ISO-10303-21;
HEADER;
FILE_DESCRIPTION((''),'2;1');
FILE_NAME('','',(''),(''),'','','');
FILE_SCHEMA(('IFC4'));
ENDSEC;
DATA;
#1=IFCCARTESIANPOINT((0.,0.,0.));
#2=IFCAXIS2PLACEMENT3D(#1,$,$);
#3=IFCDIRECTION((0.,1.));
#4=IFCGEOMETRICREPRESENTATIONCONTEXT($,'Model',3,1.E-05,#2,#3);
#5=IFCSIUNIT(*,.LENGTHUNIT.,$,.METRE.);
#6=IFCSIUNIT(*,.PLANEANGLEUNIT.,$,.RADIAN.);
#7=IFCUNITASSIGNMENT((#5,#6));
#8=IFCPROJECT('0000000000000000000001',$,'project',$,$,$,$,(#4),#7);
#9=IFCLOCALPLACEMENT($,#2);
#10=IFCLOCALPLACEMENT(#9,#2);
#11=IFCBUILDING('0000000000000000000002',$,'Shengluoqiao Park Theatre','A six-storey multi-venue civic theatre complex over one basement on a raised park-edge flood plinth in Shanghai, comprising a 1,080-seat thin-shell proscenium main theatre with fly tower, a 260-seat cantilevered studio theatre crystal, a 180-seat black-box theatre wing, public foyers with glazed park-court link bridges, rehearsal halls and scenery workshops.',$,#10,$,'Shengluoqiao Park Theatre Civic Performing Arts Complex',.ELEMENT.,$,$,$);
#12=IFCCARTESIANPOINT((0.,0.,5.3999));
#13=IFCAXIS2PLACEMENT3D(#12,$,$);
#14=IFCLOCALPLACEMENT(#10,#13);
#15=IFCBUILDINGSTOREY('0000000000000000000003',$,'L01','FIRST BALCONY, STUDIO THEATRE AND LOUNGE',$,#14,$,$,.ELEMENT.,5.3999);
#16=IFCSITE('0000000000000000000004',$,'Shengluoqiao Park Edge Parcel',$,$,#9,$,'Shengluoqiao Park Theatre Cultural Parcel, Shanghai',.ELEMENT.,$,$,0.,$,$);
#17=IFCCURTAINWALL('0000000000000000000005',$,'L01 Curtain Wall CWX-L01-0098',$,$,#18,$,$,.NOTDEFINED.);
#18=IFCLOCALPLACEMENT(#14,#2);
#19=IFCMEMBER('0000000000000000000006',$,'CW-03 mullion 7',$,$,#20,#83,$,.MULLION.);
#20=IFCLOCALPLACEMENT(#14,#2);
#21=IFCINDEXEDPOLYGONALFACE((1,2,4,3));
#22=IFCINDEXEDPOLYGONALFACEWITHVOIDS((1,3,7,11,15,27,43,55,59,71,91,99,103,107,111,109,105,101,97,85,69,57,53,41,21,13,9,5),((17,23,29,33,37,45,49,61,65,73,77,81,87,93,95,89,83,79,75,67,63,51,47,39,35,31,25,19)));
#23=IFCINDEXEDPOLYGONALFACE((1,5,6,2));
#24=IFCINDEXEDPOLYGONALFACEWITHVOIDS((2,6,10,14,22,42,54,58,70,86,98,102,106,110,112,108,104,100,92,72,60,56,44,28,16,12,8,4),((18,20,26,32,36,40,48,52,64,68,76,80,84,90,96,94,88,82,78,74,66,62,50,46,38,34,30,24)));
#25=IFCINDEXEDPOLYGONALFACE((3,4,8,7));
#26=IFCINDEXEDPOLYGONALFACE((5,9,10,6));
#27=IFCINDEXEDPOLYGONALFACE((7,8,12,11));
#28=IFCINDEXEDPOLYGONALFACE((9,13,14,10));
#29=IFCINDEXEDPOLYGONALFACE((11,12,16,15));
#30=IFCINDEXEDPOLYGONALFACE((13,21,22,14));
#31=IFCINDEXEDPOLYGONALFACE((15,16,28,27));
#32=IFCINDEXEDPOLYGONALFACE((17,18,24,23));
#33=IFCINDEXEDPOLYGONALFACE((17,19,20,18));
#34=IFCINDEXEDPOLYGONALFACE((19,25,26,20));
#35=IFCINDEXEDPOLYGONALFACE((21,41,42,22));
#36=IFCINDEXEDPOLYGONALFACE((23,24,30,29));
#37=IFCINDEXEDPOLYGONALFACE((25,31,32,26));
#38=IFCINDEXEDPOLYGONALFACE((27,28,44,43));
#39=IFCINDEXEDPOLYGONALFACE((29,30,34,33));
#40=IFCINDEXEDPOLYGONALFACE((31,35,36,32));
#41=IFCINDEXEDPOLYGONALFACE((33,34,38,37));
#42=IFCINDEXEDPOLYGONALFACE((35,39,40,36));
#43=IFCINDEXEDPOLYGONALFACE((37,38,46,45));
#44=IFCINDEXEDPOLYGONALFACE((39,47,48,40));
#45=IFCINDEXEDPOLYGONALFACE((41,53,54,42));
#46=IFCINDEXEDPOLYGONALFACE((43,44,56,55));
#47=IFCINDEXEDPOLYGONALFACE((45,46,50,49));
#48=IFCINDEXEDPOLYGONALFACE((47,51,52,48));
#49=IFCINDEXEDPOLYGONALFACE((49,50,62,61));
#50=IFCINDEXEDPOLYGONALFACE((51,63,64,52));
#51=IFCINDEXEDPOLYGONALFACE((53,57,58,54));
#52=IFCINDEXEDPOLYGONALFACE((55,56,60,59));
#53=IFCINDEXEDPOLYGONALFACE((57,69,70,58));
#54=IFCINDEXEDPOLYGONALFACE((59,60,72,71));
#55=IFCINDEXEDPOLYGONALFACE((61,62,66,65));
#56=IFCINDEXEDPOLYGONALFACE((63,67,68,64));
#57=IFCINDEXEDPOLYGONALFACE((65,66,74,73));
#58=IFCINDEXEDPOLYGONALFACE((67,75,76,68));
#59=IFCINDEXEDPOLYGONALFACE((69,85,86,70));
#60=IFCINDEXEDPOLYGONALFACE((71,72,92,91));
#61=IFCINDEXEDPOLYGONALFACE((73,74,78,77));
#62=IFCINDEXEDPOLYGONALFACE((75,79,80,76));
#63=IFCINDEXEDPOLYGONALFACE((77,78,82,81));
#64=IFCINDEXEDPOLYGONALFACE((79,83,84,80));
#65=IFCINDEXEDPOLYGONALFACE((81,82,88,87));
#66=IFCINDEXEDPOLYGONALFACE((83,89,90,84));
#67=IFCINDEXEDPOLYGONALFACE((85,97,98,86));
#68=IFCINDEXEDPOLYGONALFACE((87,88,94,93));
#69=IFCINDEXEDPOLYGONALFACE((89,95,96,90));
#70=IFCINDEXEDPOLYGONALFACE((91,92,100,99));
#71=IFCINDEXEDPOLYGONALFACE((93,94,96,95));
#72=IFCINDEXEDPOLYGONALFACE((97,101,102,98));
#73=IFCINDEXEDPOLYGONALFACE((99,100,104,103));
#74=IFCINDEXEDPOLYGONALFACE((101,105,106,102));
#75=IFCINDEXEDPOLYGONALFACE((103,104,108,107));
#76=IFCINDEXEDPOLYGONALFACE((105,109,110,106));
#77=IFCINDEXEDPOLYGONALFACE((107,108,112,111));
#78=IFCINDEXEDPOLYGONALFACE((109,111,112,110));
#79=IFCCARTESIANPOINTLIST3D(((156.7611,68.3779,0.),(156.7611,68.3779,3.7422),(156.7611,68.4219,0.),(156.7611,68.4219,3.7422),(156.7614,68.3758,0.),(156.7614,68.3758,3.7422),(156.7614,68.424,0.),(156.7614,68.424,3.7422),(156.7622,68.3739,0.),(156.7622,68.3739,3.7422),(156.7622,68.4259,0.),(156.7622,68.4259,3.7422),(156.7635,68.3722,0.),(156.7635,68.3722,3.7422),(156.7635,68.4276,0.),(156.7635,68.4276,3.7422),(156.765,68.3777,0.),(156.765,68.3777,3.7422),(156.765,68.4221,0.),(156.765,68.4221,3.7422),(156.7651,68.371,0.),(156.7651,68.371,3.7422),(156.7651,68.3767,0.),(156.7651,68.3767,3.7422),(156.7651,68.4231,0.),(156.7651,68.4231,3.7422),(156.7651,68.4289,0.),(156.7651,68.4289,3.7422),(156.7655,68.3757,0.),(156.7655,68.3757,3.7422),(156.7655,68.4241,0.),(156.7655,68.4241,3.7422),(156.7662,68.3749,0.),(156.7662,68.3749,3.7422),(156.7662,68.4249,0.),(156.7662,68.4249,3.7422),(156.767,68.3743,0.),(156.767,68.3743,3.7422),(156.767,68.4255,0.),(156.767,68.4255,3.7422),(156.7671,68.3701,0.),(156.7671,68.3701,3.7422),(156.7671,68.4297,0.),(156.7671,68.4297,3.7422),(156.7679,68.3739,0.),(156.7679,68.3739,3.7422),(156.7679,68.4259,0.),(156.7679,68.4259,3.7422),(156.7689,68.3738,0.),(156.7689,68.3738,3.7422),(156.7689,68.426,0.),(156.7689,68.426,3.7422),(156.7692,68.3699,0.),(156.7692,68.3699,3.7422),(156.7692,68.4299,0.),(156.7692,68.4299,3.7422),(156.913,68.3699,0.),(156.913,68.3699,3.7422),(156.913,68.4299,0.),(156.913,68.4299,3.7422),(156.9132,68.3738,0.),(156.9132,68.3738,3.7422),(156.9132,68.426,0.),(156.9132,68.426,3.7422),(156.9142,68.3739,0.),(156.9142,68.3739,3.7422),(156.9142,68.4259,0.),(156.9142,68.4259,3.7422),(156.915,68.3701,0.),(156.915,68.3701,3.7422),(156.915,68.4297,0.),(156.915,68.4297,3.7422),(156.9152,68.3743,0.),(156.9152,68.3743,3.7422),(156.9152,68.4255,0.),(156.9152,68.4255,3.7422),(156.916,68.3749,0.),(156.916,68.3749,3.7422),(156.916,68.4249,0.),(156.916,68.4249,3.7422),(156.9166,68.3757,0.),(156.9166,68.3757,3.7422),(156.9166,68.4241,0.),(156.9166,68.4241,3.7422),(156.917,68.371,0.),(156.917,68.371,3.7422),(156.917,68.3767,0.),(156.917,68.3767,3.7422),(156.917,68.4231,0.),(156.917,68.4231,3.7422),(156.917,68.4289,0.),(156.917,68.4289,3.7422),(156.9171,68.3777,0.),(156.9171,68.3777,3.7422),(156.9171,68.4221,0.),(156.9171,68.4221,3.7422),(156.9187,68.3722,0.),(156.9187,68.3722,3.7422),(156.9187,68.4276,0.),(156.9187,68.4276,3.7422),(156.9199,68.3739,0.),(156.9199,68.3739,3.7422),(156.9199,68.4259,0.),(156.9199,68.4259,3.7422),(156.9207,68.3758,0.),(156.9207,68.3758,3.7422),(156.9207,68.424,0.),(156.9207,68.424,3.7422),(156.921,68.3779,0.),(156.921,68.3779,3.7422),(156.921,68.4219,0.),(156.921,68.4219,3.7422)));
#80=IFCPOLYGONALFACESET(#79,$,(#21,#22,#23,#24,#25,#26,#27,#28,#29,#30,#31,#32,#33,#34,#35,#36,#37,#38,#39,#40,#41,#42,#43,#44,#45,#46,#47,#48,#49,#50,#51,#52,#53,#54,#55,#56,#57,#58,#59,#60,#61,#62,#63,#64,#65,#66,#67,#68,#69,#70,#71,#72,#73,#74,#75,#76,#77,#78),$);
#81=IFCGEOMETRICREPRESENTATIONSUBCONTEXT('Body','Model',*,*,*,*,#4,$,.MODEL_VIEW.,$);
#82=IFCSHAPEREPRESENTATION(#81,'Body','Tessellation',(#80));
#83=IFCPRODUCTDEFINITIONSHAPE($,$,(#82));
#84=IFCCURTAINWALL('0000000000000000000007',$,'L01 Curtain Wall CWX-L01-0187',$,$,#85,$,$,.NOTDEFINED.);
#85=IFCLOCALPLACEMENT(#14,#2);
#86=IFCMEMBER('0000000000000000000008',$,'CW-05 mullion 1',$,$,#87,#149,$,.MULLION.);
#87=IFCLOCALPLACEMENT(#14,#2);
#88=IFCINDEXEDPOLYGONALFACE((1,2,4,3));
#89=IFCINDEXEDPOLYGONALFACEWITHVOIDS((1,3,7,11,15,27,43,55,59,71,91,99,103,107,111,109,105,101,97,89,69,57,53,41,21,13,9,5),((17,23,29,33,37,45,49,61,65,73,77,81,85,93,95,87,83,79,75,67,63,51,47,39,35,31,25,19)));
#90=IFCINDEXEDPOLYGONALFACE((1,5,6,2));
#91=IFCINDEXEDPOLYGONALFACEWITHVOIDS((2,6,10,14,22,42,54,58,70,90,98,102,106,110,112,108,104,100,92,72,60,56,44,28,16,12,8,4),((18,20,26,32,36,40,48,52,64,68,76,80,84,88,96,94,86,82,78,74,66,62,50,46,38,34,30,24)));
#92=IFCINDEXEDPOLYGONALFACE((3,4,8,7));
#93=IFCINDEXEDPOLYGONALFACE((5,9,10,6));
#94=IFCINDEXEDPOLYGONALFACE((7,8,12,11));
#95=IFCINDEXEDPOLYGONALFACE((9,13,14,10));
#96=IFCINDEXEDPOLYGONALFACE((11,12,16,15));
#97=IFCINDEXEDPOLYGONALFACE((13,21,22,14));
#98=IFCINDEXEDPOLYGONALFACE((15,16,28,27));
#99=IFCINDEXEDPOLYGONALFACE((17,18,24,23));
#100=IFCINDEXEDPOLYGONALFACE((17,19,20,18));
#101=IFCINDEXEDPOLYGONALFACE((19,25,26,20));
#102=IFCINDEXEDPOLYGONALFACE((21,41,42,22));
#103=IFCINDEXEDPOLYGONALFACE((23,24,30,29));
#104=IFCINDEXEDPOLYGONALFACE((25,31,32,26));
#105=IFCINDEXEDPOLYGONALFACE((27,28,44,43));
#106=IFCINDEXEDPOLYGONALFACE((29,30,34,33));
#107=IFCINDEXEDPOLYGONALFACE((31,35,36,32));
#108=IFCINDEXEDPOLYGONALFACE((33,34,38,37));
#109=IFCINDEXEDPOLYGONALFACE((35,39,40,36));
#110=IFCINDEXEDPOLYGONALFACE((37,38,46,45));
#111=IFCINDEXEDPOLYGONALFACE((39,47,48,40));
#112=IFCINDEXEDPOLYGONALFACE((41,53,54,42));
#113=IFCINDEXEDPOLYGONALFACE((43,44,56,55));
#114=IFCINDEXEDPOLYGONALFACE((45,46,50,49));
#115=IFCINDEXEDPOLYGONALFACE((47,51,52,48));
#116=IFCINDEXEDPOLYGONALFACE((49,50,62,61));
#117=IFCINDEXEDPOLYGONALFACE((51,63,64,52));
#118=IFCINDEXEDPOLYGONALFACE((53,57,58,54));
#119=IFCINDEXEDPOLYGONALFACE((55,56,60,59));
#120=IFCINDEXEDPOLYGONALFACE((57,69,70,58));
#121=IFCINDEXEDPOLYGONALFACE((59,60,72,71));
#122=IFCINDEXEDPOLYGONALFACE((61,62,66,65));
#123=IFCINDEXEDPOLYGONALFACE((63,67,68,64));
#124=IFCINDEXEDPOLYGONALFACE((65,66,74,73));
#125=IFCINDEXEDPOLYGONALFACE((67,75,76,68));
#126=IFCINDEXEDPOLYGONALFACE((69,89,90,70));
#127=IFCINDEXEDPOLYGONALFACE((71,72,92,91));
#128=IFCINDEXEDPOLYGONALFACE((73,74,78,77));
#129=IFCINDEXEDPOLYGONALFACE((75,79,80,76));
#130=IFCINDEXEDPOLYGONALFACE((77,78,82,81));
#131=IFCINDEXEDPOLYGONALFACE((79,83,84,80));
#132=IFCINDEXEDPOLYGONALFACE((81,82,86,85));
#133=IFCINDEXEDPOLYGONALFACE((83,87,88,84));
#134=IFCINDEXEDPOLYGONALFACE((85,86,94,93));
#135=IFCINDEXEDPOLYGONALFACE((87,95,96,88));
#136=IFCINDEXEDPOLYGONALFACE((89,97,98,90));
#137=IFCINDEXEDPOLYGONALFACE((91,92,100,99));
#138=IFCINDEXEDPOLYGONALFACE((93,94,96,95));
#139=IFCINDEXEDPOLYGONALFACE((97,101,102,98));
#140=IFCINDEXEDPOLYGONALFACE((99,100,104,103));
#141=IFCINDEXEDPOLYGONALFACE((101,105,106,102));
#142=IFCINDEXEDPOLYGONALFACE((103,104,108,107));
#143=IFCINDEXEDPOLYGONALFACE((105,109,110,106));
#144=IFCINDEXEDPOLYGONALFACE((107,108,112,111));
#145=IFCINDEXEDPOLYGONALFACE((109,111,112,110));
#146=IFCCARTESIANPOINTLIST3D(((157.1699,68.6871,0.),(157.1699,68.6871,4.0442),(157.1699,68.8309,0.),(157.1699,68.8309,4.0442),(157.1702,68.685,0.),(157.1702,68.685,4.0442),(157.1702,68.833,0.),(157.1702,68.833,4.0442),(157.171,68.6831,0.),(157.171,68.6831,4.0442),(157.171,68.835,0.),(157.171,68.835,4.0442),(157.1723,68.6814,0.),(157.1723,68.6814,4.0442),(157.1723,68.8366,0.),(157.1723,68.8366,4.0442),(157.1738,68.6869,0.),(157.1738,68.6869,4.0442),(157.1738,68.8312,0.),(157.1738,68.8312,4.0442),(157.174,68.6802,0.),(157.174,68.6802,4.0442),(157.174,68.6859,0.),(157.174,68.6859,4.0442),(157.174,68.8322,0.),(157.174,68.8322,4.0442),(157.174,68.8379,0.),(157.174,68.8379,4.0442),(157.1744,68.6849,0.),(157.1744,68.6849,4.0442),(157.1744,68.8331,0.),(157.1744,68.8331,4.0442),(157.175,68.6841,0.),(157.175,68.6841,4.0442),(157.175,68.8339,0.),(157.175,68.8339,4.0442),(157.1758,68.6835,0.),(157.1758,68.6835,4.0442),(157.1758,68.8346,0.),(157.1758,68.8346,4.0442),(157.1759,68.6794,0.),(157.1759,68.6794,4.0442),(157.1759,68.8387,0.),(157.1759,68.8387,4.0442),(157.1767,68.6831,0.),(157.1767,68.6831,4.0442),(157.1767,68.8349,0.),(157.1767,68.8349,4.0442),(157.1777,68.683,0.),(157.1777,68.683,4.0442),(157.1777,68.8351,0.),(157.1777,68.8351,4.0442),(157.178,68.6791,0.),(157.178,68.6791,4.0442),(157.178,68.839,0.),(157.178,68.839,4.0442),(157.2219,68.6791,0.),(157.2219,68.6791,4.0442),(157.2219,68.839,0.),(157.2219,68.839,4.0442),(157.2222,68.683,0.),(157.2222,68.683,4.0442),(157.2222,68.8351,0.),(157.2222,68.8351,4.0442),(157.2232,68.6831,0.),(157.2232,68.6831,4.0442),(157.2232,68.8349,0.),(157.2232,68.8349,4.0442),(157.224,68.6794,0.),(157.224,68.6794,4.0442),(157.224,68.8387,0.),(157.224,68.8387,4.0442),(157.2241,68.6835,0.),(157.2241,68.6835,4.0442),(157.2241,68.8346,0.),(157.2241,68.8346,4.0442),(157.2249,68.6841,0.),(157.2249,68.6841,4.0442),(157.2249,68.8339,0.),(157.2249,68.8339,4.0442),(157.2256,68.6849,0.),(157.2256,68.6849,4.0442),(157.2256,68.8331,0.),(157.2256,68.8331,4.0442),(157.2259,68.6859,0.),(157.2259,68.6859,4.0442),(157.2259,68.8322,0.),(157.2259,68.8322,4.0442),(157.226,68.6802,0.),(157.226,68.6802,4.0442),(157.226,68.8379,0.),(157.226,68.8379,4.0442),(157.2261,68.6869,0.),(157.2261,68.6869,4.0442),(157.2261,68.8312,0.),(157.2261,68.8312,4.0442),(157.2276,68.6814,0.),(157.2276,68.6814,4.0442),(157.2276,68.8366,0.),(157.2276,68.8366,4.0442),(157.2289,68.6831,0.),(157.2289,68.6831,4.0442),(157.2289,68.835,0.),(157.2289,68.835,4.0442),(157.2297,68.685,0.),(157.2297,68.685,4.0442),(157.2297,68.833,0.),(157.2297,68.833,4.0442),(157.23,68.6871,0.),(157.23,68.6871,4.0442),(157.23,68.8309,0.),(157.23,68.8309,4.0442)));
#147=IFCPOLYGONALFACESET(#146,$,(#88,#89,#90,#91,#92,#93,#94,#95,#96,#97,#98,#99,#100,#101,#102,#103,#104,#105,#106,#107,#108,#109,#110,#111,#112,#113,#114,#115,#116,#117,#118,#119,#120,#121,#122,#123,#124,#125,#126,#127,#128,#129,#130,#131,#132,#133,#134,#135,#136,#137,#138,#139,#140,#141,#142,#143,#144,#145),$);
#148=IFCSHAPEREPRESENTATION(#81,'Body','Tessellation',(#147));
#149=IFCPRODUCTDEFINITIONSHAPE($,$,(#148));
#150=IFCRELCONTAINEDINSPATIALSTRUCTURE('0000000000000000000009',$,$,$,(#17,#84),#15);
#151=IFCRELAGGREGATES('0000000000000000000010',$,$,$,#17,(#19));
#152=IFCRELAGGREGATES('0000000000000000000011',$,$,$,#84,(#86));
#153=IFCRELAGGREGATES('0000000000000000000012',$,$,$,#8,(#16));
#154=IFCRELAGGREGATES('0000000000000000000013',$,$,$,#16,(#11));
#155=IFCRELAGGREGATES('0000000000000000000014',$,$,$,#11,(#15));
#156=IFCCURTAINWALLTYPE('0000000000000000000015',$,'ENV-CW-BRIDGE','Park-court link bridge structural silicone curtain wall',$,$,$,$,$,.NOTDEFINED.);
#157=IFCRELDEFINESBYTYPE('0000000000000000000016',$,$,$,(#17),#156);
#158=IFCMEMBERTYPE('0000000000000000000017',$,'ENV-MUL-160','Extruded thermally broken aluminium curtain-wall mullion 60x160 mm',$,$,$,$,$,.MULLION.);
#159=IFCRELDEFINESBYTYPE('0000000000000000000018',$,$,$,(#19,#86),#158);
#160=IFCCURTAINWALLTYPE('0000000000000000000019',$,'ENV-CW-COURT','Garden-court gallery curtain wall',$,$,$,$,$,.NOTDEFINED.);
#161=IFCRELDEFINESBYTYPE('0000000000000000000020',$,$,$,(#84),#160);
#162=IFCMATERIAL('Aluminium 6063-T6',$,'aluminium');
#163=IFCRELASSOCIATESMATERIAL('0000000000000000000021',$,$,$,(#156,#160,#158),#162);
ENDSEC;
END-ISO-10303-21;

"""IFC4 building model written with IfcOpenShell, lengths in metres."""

from ifc_helpers import new_model, si_unit, direction, frame, origin, origin_2d, place, context, subcontext, project, spatial, hollow_rectangle, extrude, material, material_profile, profile_set, type_object, element, aggregate, save


model = new_model("IFC4")

# Units and contexts
model_context = context("Model", 3, precision=1e-05, world=origin(), true_north=direction((0.0, 1.0)))
body_context = subcontext(model_context, "Body", "Model", "MODEL_VIEW")
ifc_project = project(units=[si_unit("LENGTHUNIT", "METRE"), si_unit("PLANEANGLEUNIT", "RADIAN")], contexts=[model_context])

# Site, building, storey
site_placement = place(None, origin())
site = spatial("IfcSite", under=ifc_project, at=site_placement, Name="Shengluoqiao Park Edge Parcel", LongName="Shengluoqiao Park Theatre Cultural Parcel, Shanghai", CompositionType="ELEMENT", RefElevation=0.0)
building_placement = place(site_placement, origin())
building = spatial("IfcBuilding", under=site, at=building_placement, Name="Shengluoqiao Park Theatre", Description="A six-storey multi-venue civic theatre complex over one basement on a raised park-edge flood plinth in Shanghai, comprising a 1,080-seat thin-shell proscenium main theatre with fly tower, a 260-seat cantilevered studio theatre crystal, a 180-seat black-box theatre wing, public foyers with glazed park-court link bridges, rehearsal halls and scenery workshops.", LongName="Shengluoqiao Park Theatre Civic Performing Arts Complex", CompositionType="ELEMENT")
storey_placement = place(building_placement, frame((0.0, 0.0, 5.3999)))
storey = spatial("IfcBuildingStorey", under=building, at=storey_placement, Name="L01", Description="FIRST BALCONY, STUDIO THEATRE AND LOUNGE", CompositionType="ELEMENT", Elevation=5.3999)

# Curtain wall, member
ifc_material_1 = material(Name="Aluminium 6063-T6", Category="aluminium")
curtain_wall_type_1 = type_object("IfcCurtainWallType", Name="ENV-CW-BRIDGE", Description="Park-court link bridge structural silicone curtain wall", PredefinedType="NOTDEFINED", material=ifc_material_1)
curtain_wall_1_placement = place(storey_placement, origin())
curtain_wall_1 = element("IfcCurtainWall", 1, at=curtain_wall_1_placement, inside=storey, type_object=curtain_wall_type_1, Name="L01 Curtain Wall CWX-L01-0098", PredefinedType="NOTDEFINED")
ifc_material_profile_1 = material_profile(ifc_material_1, hollow_rectangle(XDim=0.0601, YDim=0.1599, WallThickness=0.0039, InnerFilletRadius=0.0039, OuterFilletRadius=0.0081, at=origin_2d()), Name="ALU MULLION 160x60x4")
ifc_profile_set_1 = profile_set([ifc_material_profile_1], Name="Aluminium 6063-T6")
member_type_1 = type_object("IfcMemberType", Name="ENV-MUL-160", Description="Extruded thermally broken aluminium curtain-wall mullion 60x160 mm", PredefinedType="MULLION", material=ifc_profile_set_1)
member_1_placement = place(storey_placement, frame((156.8411, 68.3999, 0.0), z_axis=(0.0, 0.0, 1.0), x_axis=(0.0, 1.0, 0.0)))
member_1 = element("IfcMember", 2, at=member_1_placement, type_object=member_type_1, Name="CW-03 mullion 7", PredefinedType="MULLION", context=body_context, shape_type="SweptSolid", body=[
    extrude(hollow_rectangle(XDim=0.0601, YDim=0.1599, WallThickness=0.0039, InnerFilletRadius=0.0039, OuterFilletRadius=0.0081, at=origin_2d()), origin(), (0.0, 0.0, 1.0), 3.7422),
])

# Curtain wall, member
curtain_wall_type_2 = type_object("IfcCurtainWallType", Name="ENV-CW-COURT", Description="Garden-court gallery curtain wall", PredefinedType="NOTDEFINED", material=ifc_material_1)
curtain_wall_2_placement = place(storey_placement, origin())
curtain_wall_2 = element("IfcCurtainWall", 3, at=curtain_wall_2_placement, inside=storey, type_object=curtain_wall_type_2, Name="L01 Curtain Wall CWX-L01-0187", PredefinedType="NOTDEFINED")
member_2_placement = place(storey_placement, frame((157.2, 68.759, 0.0), z_axis=(0.0, 0.0, 1.0), x_axis=(-1.0, 0.0, 0.0)))
member_2 = element("IfcMember", 4, at=member_2_placement, type_object=member_type_1, Name="CW-05 mullion 1", PredefinedType="MULLION", context=body_context, shape_type="SweptSolid", body=[
    extrude(hollow_rectangle(XDim=0.0601, YDim=0.1599, WallThickness=0.0039, InnerFilletRadius=0.0039, OuterFilletRadius=0.0081, at=origin_2d()), origin(), (0.0, 0.0, 1.0), 4.0442),
])

aggregate(curtain_wall_1, [member_1])
aggregate(curtain_wall_2, [member_2])

save(model, "model.ifc")
